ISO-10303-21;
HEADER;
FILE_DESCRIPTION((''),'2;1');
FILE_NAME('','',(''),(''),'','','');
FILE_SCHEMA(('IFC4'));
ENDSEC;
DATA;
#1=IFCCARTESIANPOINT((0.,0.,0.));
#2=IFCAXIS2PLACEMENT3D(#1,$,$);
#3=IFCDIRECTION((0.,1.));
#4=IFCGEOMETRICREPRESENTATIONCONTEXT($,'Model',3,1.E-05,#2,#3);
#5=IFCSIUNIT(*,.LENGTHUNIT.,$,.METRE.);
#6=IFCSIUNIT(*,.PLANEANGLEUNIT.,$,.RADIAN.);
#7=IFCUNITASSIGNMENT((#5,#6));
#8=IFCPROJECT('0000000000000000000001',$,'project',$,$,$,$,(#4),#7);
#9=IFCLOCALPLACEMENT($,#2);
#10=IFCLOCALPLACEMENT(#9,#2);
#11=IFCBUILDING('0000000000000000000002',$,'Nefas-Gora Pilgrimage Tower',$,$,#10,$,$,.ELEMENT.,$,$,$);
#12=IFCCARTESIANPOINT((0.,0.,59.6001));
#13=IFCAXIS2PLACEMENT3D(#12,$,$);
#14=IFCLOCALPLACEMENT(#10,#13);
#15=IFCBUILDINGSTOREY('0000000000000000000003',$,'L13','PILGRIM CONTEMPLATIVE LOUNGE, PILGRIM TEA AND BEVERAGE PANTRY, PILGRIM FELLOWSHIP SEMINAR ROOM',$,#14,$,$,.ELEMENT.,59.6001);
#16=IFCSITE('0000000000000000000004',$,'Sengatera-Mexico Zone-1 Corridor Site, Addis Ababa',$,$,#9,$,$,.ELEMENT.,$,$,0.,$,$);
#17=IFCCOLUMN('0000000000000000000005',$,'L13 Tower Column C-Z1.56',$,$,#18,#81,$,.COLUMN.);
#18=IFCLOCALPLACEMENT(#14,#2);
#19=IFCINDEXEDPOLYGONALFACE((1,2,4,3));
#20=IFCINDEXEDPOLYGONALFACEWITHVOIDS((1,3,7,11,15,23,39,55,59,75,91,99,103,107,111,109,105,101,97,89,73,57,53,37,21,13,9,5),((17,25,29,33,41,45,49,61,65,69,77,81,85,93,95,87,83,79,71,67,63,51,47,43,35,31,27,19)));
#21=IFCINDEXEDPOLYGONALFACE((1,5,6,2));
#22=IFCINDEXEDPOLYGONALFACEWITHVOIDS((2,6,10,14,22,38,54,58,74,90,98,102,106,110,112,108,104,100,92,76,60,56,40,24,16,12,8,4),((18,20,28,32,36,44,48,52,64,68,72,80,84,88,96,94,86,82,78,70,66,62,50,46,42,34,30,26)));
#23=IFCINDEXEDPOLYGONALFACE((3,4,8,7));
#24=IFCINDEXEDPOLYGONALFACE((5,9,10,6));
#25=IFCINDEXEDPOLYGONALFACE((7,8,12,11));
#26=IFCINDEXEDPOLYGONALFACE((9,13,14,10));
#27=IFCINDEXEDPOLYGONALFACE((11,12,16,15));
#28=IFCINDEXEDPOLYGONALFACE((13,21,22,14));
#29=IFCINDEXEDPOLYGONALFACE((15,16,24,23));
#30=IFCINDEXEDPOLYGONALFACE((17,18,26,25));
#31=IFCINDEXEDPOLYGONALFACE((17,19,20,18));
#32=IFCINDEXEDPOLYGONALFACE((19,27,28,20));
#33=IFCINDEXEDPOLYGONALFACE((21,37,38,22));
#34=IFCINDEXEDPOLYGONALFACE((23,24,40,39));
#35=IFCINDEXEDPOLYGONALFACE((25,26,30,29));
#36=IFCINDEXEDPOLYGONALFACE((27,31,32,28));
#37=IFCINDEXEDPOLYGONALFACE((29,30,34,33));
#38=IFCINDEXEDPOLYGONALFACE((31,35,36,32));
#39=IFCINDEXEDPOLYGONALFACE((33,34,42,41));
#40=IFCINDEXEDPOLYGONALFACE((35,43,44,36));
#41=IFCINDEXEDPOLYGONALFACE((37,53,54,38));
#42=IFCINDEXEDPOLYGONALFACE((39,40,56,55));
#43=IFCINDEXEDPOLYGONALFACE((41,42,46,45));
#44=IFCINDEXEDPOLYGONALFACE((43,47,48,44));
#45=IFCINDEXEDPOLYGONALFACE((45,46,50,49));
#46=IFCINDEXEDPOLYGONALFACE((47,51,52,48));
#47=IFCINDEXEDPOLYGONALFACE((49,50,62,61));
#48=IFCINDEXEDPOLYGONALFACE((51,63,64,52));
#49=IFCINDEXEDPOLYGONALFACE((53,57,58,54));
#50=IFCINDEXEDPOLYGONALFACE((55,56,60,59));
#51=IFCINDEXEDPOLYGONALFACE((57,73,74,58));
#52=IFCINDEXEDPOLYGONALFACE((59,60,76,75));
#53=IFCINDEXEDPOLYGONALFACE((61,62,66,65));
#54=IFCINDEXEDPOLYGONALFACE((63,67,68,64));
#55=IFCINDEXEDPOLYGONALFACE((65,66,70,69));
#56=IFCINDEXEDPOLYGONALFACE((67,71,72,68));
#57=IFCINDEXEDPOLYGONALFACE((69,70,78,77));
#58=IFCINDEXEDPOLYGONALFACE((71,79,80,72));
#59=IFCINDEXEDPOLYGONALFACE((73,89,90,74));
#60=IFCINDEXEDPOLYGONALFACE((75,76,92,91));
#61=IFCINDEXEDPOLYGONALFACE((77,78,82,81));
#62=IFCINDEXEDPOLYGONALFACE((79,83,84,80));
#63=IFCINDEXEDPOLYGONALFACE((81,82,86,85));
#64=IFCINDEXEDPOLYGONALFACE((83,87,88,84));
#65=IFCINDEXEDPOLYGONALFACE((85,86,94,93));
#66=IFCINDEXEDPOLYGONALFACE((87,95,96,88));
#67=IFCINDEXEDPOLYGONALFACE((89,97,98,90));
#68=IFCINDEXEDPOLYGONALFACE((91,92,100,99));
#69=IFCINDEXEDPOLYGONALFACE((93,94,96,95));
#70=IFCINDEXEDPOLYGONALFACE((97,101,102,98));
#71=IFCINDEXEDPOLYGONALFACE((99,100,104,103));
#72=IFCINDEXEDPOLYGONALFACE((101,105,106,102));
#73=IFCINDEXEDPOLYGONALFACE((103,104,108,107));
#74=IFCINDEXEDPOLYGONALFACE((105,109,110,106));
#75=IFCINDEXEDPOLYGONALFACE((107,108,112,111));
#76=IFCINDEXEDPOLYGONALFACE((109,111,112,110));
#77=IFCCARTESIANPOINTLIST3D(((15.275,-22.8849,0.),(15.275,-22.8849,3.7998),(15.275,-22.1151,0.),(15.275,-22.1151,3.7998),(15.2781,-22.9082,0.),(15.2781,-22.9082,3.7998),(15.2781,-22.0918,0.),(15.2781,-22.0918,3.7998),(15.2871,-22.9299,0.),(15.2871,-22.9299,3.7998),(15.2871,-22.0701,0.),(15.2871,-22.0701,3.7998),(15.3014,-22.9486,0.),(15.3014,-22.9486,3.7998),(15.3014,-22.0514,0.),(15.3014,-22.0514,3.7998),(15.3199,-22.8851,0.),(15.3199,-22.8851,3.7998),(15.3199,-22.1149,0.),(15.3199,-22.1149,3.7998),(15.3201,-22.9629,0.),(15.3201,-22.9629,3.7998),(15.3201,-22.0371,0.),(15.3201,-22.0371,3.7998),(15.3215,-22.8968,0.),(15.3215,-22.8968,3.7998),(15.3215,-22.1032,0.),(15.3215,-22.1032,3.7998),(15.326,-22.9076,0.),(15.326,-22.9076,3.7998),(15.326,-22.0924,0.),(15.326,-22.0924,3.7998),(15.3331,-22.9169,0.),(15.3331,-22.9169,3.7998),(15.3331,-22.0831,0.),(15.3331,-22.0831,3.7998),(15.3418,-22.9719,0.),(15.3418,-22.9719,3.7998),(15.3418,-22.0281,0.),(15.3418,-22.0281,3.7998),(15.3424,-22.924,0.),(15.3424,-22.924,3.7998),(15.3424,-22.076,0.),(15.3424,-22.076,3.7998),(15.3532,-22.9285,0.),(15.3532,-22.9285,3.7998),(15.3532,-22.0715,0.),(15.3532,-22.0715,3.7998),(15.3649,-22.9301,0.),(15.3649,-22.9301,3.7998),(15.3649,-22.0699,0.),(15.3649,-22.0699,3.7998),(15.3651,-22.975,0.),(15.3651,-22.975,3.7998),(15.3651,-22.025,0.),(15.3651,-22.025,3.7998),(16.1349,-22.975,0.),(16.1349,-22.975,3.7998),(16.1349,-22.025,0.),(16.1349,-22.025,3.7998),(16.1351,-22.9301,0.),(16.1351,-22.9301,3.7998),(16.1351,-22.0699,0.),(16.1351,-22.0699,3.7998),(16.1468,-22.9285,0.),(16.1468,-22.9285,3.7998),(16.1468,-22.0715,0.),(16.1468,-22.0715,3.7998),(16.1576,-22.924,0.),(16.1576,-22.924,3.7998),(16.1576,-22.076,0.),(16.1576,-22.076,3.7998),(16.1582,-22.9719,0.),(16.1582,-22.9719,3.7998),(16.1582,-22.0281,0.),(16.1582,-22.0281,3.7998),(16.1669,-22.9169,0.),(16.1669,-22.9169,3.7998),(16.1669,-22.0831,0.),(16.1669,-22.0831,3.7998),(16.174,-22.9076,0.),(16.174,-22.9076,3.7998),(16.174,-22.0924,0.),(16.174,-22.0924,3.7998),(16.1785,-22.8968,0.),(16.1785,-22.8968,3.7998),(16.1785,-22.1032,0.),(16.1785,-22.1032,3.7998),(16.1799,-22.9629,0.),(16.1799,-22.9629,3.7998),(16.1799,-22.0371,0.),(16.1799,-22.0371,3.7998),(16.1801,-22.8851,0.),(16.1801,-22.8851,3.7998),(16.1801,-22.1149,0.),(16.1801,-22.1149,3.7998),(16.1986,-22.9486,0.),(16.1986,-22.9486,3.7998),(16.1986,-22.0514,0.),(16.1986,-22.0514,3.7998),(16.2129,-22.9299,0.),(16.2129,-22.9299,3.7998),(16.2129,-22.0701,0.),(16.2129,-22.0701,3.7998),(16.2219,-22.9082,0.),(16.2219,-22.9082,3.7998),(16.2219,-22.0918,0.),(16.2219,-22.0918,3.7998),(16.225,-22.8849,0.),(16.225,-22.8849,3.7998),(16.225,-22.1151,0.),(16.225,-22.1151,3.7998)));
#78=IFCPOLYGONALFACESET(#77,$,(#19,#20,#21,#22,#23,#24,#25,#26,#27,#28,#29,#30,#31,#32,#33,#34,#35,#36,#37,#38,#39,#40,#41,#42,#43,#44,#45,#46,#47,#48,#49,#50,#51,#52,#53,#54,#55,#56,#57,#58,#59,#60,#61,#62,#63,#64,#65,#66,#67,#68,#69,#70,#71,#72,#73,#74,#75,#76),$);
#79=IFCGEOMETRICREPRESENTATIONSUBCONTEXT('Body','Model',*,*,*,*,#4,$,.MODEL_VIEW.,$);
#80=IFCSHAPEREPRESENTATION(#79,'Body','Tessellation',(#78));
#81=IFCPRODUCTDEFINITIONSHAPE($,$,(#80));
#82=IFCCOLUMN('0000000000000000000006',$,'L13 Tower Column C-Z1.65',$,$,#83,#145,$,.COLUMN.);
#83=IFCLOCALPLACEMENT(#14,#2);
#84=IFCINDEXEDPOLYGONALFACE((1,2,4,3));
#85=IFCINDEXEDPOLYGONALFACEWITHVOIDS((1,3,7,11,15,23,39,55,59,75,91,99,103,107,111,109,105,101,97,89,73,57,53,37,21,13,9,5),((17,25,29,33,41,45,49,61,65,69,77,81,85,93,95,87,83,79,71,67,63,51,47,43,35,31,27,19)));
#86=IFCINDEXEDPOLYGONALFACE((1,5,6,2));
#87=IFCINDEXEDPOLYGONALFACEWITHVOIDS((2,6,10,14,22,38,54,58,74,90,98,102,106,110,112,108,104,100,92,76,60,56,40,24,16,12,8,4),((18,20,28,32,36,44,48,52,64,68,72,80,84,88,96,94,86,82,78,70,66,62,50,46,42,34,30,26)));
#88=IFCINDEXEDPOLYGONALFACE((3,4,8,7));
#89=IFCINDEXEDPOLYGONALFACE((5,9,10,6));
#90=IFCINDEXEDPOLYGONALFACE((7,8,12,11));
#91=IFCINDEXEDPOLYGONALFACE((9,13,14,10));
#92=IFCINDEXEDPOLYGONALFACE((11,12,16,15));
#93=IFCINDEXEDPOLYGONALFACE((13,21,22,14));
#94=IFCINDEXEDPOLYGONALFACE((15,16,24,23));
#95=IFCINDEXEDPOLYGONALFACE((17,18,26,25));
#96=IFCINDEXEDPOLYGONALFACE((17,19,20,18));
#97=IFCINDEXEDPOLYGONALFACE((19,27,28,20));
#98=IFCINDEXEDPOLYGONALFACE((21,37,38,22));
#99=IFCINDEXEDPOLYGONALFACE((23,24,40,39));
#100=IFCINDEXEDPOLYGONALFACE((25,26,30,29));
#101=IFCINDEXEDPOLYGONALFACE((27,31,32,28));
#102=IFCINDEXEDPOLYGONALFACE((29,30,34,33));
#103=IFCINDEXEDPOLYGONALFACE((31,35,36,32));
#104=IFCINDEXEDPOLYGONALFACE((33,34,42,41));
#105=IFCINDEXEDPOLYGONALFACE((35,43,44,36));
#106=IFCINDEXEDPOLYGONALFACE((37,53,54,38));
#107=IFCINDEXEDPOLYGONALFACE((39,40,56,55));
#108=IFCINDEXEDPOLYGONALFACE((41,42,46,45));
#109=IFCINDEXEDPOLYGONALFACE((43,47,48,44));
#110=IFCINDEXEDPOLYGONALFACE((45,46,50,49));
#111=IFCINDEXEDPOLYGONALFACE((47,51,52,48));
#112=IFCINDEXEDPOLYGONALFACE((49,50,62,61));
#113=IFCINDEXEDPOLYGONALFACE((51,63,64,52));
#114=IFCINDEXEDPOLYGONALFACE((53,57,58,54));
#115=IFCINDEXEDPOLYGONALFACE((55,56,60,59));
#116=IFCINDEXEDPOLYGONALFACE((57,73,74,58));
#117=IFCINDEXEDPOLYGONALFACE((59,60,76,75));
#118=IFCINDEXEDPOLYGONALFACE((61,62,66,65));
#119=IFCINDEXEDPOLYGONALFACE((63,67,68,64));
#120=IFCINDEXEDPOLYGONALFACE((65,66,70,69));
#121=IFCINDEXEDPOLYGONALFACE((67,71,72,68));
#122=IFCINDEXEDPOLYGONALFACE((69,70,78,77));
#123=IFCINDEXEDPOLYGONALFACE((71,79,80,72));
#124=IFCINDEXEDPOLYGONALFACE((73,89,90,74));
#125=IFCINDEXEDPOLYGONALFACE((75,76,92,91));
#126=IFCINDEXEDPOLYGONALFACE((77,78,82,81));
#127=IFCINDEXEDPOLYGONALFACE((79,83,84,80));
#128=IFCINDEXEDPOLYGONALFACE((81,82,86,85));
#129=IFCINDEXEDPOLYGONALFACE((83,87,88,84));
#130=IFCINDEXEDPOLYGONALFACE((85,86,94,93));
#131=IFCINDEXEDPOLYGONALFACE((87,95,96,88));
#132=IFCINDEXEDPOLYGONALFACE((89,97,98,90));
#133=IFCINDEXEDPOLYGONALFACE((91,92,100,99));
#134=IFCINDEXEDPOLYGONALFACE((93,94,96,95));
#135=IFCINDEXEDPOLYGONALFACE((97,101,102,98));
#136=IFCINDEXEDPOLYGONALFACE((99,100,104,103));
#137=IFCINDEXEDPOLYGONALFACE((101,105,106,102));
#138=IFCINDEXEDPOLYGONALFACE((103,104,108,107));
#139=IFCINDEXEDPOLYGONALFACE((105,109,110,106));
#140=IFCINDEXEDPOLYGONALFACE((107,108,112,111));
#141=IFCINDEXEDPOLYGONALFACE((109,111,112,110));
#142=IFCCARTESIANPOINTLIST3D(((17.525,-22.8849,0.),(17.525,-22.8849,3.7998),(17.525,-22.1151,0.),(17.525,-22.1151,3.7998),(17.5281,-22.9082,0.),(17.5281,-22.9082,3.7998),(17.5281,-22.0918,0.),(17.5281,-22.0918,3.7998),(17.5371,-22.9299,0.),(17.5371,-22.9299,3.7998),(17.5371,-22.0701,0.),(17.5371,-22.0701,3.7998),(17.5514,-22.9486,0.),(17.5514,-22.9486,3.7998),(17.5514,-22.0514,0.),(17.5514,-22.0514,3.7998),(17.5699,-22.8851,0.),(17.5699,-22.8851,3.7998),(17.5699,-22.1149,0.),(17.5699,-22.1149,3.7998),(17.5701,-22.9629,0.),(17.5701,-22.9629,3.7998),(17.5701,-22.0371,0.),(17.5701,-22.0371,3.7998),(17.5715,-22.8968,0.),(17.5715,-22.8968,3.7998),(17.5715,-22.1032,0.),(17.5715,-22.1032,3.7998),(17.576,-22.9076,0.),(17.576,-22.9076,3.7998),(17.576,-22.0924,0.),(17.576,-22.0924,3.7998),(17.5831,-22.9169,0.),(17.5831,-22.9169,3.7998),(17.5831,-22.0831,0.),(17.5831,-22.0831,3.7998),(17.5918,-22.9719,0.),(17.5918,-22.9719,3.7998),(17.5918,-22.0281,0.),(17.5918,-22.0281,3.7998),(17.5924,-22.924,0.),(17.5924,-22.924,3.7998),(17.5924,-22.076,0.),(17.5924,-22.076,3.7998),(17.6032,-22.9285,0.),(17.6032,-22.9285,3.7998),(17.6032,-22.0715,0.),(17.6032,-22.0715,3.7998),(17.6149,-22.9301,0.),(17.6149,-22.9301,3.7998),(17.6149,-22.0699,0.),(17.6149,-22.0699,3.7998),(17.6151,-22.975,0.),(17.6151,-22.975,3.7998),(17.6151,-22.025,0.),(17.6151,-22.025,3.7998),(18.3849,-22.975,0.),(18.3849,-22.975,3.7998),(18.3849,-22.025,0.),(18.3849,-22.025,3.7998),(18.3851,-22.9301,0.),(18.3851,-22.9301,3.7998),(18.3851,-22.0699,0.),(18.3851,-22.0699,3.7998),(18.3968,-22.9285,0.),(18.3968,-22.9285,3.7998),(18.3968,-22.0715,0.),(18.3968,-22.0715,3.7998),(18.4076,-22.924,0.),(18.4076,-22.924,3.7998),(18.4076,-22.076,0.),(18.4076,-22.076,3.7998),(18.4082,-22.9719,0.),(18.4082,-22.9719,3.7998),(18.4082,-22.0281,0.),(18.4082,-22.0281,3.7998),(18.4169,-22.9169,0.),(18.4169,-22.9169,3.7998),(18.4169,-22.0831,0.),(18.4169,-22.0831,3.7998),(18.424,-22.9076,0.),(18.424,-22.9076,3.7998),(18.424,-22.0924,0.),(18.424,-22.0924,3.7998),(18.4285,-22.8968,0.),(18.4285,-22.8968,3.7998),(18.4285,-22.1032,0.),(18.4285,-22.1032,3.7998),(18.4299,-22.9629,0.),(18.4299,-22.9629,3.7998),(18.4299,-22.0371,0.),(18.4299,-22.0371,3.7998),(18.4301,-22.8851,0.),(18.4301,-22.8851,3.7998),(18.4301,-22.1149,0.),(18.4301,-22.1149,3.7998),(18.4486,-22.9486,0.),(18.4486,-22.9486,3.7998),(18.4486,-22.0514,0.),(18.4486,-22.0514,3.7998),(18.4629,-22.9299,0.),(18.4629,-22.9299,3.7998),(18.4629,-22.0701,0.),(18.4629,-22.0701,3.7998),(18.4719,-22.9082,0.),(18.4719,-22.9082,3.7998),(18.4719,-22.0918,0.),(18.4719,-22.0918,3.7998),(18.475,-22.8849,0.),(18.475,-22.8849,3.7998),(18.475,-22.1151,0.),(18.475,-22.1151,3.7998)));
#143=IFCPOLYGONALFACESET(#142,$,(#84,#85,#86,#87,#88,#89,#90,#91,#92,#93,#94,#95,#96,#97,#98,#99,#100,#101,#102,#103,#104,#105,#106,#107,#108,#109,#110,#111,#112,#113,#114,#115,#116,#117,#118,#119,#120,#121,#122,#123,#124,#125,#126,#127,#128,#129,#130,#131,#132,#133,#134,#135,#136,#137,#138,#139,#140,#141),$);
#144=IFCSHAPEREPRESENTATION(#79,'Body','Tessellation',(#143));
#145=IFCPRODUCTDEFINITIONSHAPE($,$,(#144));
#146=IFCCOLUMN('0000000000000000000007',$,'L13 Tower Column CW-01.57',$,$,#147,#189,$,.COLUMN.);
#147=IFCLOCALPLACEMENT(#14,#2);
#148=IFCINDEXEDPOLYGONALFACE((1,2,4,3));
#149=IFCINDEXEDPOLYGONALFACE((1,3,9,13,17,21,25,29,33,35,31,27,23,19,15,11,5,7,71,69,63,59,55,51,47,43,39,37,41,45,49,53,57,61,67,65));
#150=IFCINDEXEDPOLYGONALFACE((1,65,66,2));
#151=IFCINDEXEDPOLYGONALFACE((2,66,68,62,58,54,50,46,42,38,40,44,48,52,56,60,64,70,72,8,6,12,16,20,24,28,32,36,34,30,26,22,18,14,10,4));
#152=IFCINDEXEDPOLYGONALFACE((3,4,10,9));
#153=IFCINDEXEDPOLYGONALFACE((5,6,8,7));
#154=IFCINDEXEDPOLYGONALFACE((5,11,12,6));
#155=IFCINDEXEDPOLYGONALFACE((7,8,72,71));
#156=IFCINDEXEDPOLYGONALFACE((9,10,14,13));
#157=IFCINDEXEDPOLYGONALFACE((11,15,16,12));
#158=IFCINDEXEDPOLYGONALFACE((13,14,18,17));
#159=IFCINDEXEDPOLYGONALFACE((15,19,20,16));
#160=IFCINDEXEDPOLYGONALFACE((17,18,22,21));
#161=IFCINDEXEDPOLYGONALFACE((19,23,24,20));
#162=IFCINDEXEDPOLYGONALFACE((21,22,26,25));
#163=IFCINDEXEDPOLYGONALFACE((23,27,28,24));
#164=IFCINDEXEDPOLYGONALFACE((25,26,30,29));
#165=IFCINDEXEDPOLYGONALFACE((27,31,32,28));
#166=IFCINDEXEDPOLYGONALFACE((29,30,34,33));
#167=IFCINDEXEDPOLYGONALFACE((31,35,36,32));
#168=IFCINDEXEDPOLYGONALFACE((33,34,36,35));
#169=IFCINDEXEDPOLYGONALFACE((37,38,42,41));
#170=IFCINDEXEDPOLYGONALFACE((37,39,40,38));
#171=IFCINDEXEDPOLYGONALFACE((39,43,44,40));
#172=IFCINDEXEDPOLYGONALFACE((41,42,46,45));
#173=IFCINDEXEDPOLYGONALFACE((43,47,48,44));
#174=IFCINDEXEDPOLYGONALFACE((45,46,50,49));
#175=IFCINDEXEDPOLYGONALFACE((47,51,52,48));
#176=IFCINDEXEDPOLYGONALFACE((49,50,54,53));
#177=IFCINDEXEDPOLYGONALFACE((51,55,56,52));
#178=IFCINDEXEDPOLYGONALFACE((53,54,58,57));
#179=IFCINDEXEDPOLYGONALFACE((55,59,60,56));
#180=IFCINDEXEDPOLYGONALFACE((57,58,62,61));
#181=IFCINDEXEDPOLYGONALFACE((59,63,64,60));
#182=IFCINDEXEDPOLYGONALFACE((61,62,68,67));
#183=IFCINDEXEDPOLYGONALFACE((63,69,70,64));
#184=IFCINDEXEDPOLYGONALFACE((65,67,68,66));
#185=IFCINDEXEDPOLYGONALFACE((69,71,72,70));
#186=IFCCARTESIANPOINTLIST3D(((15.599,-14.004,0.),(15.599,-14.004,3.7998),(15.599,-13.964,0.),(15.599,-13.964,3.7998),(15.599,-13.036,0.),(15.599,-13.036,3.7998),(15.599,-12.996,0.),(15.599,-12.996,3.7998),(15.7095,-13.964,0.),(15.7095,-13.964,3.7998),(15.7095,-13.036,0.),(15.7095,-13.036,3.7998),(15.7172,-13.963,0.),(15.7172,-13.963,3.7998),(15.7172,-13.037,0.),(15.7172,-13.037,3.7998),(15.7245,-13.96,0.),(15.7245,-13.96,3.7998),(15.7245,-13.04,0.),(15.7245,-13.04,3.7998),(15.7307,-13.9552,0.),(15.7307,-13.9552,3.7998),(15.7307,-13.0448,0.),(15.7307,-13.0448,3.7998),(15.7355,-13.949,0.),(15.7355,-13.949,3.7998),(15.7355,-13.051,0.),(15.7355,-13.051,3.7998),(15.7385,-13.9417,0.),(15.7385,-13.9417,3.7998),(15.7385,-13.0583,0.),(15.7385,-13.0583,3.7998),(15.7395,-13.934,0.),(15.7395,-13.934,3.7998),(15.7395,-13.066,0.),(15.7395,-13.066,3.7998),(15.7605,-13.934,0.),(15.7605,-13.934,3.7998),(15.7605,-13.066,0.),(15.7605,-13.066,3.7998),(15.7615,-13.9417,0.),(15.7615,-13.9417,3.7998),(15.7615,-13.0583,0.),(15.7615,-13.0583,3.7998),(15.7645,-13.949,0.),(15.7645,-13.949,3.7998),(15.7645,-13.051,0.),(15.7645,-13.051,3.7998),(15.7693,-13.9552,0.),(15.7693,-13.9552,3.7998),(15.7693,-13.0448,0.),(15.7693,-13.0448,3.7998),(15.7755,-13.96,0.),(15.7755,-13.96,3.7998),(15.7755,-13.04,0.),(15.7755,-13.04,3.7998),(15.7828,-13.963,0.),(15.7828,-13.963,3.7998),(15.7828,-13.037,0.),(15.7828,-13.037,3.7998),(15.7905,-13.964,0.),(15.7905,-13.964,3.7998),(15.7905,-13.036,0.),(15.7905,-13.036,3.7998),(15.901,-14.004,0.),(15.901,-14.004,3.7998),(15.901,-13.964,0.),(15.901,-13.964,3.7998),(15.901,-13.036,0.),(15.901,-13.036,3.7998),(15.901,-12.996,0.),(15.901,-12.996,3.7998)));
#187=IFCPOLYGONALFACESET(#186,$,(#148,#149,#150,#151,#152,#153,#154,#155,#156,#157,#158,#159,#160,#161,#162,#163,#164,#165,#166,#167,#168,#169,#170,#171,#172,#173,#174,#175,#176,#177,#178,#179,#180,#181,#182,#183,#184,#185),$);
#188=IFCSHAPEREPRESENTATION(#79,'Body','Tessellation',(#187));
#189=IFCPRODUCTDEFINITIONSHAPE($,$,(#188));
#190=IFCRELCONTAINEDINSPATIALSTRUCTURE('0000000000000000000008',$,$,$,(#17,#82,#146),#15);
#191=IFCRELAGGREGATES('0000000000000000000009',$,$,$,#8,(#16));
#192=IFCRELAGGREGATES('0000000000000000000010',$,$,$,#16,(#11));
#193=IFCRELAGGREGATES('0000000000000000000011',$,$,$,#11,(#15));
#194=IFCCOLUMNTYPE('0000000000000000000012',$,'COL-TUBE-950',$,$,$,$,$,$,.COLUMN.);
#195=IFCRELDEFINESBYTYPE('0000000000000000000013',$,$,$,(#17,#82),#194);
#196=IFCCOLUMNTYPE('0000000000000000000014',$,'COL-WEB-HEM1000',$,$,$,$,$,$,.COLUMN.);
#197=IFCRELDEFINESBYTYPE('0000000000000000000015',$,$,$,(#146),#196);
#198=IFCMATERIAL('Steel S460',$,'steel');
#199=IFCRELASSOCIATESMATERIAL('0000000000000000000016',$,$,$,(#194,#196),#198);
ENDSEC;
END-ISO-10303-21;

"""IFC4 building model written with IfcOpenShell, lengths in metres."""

from ifc_helpers import new_model, si_unit, direction, frame, origin, origin_2d, place, context, subcontext, project, spatial, hollow_rectangle, i_section, extrude, source, transform, mapped, material, material_profile, profile_set, type_object, element, save


model = new_model("IFC4")

# Units and contexts
model_context = context("Model", 3, precision=1e-05, world=origin(), true_north=direction((0.0, 1.0)))
body_context = subcontext(model_context, "Body", "Model", "MODEL_VIEW")
ifc_project = project(units=[si_unit("LENGTHUNIT", "METRE"), si_unit("PLANEANGLEUNIT", "RADIAN")], contexts=[model_context])

# Site, building, storey
site_placement = place(None, origin())
site = spatial("IfcSite", under=ifc_project, at=site_placement, Name="Sengatera-Mexico Zone-1 Corridor Site, Addis Ababa", CompositionType="ELEMENT", RefElevation=0.0)
building_placement = place(site_placement, origin())
building = spatial("IfcBuilding", under=site, at=building_placement, Name="Nefas-Gora Pilgrimage Tower", CompositionType="ELEMENT")
storey_placement = place(building_placement, frame((0.0, 0.0, 59.6001)))
storey = spatial("IfcBuildingStorey", under=building, at=storey_placement, Name="L13", Description="PILGRIM CONTEMPLATIVE LOUNGE, PILGRIM TEA AND BEVERAGE PANTRY, PILGRIM FELLOWSHIP SEMINAR ROOM", CompositionType="ELEMENT", Elevation=59.6001)

# Columns
ifc_material_1 = material(Name="Steel S460", Category="steel")
ifc_material_profile_1 = material_profile(ifc_material_1, hollow_rectangle(XDim=0.95, YDim=0.95, WallThickness=0.0449, InnerFilletRadius=0.0449, OuterFilletRadius=0.0901, at=origin_2d()), Name="BOX 950x950x45")
ifc_profile_set_1 = profile_set([ifc_material_profile_1], Name="Steel S460")
column_type_1 = type_object("IfcColumnType", Name="COL-TUBE-950", PredefinedType="COLUMN", material=ifc_profile_set_1)
shared_shape_1 = source(origin(), body_context, "Body", "SweptSolid", [
    extrude(hollow_rectangle(XDim=0.95, YDim=0.95, WallThickness=0.0449, InnerFilletRadius=0.0449, OuterFilletRadius=0.0901, at=origin_2d()), origin(), (0.0, 0.0, 1.0), 3.7998),
])
for number, where, z_axis, x_axis, name in (
    (1, (15.75, -22.5, 0.0), (0.0, 0.0, 1.0), (1.0, 0.0, 0.0), "L13 Tower Column C-Z1.56"),
    (2, (18.0, -22.5, 0.0), (0.0, 0.0, 1.0), (1.0, 0.0, 0.0), "L13 Tower Column C-Z1.65"),
):
    element("IfcColumn", number, at=place(storey_placement, frame(where, z_axis=z_axis, x_axis=x_axis)), inside=storey, type_object=column_type_1, Name=name, PredefinedType="COLUMN", context=body_context, shape_type="MappedRepresentation", body=[
        mapped(shared_shape_1, transform((0.0, 0.0, 0.0), x_axis=(1.0, 0.0, 0.0), y_axis=(0.0, 1.0, 0.0), z_axis=(0.0, 0.0, 1.0), scale=1.0)),
    ])
ifc_material_profile_2 = material_profile(ifc_material_1, i_section(OverallWidth=0.302, OverallDepth=1.0081, WebThickness=0.021, FlangeThickness=0.04, FilletRadius=0.03, at=origin_2d()), Name="HEM 1000")
ifc_profile_set_2 = profile_set([ifc_material_profile_2], Name="Steel S460")
column_type_2 = type_object("IfcColumnType", Name="COL-WEB-HEM1000", PredefinedType="COLUMN", material=ifc_profile_set_2)
shared_shape_2 = source(origin(), body_context, "Body", "SweptSolid", [
    extrude(i_section(OverallWidth=0.302, OverallDepth=1.0081, WebThickness=0.021, FlangeThickness=0.04, FilletRadius=0.03, at=origin_2d()), origin(), (0.0, 0.0, 1.0), 3.7998),
])
for number, where, z_axis, x_axis, name in (
    (3, (15.75, -13.5, 0.0), (0.0, 0.0, 1.0), (1.0, 0.0, 0.0), "L13 Tower Column CW-01.57"),
):
    element("IfcColumn", number, at=place(storey_placement, frame(where, z_axis=z_axis, x_axis=x_axis)), inside=storey, type_object=column_type_2, Name=name, PredefinedType="COLUMN", context=body_context, shape_type="MappedRepresentation", body=[
        mapped(shared_shape_2, transform((0.0, 0.0, 0.0), x_axis=(1.0, 0.0, 0.0), y_axis=(0.0, 1.0, 0.0), z_axis=(0.0, 0.0, 1.0), scale=1.0)),
    ])

save(model, "model.ifc")
